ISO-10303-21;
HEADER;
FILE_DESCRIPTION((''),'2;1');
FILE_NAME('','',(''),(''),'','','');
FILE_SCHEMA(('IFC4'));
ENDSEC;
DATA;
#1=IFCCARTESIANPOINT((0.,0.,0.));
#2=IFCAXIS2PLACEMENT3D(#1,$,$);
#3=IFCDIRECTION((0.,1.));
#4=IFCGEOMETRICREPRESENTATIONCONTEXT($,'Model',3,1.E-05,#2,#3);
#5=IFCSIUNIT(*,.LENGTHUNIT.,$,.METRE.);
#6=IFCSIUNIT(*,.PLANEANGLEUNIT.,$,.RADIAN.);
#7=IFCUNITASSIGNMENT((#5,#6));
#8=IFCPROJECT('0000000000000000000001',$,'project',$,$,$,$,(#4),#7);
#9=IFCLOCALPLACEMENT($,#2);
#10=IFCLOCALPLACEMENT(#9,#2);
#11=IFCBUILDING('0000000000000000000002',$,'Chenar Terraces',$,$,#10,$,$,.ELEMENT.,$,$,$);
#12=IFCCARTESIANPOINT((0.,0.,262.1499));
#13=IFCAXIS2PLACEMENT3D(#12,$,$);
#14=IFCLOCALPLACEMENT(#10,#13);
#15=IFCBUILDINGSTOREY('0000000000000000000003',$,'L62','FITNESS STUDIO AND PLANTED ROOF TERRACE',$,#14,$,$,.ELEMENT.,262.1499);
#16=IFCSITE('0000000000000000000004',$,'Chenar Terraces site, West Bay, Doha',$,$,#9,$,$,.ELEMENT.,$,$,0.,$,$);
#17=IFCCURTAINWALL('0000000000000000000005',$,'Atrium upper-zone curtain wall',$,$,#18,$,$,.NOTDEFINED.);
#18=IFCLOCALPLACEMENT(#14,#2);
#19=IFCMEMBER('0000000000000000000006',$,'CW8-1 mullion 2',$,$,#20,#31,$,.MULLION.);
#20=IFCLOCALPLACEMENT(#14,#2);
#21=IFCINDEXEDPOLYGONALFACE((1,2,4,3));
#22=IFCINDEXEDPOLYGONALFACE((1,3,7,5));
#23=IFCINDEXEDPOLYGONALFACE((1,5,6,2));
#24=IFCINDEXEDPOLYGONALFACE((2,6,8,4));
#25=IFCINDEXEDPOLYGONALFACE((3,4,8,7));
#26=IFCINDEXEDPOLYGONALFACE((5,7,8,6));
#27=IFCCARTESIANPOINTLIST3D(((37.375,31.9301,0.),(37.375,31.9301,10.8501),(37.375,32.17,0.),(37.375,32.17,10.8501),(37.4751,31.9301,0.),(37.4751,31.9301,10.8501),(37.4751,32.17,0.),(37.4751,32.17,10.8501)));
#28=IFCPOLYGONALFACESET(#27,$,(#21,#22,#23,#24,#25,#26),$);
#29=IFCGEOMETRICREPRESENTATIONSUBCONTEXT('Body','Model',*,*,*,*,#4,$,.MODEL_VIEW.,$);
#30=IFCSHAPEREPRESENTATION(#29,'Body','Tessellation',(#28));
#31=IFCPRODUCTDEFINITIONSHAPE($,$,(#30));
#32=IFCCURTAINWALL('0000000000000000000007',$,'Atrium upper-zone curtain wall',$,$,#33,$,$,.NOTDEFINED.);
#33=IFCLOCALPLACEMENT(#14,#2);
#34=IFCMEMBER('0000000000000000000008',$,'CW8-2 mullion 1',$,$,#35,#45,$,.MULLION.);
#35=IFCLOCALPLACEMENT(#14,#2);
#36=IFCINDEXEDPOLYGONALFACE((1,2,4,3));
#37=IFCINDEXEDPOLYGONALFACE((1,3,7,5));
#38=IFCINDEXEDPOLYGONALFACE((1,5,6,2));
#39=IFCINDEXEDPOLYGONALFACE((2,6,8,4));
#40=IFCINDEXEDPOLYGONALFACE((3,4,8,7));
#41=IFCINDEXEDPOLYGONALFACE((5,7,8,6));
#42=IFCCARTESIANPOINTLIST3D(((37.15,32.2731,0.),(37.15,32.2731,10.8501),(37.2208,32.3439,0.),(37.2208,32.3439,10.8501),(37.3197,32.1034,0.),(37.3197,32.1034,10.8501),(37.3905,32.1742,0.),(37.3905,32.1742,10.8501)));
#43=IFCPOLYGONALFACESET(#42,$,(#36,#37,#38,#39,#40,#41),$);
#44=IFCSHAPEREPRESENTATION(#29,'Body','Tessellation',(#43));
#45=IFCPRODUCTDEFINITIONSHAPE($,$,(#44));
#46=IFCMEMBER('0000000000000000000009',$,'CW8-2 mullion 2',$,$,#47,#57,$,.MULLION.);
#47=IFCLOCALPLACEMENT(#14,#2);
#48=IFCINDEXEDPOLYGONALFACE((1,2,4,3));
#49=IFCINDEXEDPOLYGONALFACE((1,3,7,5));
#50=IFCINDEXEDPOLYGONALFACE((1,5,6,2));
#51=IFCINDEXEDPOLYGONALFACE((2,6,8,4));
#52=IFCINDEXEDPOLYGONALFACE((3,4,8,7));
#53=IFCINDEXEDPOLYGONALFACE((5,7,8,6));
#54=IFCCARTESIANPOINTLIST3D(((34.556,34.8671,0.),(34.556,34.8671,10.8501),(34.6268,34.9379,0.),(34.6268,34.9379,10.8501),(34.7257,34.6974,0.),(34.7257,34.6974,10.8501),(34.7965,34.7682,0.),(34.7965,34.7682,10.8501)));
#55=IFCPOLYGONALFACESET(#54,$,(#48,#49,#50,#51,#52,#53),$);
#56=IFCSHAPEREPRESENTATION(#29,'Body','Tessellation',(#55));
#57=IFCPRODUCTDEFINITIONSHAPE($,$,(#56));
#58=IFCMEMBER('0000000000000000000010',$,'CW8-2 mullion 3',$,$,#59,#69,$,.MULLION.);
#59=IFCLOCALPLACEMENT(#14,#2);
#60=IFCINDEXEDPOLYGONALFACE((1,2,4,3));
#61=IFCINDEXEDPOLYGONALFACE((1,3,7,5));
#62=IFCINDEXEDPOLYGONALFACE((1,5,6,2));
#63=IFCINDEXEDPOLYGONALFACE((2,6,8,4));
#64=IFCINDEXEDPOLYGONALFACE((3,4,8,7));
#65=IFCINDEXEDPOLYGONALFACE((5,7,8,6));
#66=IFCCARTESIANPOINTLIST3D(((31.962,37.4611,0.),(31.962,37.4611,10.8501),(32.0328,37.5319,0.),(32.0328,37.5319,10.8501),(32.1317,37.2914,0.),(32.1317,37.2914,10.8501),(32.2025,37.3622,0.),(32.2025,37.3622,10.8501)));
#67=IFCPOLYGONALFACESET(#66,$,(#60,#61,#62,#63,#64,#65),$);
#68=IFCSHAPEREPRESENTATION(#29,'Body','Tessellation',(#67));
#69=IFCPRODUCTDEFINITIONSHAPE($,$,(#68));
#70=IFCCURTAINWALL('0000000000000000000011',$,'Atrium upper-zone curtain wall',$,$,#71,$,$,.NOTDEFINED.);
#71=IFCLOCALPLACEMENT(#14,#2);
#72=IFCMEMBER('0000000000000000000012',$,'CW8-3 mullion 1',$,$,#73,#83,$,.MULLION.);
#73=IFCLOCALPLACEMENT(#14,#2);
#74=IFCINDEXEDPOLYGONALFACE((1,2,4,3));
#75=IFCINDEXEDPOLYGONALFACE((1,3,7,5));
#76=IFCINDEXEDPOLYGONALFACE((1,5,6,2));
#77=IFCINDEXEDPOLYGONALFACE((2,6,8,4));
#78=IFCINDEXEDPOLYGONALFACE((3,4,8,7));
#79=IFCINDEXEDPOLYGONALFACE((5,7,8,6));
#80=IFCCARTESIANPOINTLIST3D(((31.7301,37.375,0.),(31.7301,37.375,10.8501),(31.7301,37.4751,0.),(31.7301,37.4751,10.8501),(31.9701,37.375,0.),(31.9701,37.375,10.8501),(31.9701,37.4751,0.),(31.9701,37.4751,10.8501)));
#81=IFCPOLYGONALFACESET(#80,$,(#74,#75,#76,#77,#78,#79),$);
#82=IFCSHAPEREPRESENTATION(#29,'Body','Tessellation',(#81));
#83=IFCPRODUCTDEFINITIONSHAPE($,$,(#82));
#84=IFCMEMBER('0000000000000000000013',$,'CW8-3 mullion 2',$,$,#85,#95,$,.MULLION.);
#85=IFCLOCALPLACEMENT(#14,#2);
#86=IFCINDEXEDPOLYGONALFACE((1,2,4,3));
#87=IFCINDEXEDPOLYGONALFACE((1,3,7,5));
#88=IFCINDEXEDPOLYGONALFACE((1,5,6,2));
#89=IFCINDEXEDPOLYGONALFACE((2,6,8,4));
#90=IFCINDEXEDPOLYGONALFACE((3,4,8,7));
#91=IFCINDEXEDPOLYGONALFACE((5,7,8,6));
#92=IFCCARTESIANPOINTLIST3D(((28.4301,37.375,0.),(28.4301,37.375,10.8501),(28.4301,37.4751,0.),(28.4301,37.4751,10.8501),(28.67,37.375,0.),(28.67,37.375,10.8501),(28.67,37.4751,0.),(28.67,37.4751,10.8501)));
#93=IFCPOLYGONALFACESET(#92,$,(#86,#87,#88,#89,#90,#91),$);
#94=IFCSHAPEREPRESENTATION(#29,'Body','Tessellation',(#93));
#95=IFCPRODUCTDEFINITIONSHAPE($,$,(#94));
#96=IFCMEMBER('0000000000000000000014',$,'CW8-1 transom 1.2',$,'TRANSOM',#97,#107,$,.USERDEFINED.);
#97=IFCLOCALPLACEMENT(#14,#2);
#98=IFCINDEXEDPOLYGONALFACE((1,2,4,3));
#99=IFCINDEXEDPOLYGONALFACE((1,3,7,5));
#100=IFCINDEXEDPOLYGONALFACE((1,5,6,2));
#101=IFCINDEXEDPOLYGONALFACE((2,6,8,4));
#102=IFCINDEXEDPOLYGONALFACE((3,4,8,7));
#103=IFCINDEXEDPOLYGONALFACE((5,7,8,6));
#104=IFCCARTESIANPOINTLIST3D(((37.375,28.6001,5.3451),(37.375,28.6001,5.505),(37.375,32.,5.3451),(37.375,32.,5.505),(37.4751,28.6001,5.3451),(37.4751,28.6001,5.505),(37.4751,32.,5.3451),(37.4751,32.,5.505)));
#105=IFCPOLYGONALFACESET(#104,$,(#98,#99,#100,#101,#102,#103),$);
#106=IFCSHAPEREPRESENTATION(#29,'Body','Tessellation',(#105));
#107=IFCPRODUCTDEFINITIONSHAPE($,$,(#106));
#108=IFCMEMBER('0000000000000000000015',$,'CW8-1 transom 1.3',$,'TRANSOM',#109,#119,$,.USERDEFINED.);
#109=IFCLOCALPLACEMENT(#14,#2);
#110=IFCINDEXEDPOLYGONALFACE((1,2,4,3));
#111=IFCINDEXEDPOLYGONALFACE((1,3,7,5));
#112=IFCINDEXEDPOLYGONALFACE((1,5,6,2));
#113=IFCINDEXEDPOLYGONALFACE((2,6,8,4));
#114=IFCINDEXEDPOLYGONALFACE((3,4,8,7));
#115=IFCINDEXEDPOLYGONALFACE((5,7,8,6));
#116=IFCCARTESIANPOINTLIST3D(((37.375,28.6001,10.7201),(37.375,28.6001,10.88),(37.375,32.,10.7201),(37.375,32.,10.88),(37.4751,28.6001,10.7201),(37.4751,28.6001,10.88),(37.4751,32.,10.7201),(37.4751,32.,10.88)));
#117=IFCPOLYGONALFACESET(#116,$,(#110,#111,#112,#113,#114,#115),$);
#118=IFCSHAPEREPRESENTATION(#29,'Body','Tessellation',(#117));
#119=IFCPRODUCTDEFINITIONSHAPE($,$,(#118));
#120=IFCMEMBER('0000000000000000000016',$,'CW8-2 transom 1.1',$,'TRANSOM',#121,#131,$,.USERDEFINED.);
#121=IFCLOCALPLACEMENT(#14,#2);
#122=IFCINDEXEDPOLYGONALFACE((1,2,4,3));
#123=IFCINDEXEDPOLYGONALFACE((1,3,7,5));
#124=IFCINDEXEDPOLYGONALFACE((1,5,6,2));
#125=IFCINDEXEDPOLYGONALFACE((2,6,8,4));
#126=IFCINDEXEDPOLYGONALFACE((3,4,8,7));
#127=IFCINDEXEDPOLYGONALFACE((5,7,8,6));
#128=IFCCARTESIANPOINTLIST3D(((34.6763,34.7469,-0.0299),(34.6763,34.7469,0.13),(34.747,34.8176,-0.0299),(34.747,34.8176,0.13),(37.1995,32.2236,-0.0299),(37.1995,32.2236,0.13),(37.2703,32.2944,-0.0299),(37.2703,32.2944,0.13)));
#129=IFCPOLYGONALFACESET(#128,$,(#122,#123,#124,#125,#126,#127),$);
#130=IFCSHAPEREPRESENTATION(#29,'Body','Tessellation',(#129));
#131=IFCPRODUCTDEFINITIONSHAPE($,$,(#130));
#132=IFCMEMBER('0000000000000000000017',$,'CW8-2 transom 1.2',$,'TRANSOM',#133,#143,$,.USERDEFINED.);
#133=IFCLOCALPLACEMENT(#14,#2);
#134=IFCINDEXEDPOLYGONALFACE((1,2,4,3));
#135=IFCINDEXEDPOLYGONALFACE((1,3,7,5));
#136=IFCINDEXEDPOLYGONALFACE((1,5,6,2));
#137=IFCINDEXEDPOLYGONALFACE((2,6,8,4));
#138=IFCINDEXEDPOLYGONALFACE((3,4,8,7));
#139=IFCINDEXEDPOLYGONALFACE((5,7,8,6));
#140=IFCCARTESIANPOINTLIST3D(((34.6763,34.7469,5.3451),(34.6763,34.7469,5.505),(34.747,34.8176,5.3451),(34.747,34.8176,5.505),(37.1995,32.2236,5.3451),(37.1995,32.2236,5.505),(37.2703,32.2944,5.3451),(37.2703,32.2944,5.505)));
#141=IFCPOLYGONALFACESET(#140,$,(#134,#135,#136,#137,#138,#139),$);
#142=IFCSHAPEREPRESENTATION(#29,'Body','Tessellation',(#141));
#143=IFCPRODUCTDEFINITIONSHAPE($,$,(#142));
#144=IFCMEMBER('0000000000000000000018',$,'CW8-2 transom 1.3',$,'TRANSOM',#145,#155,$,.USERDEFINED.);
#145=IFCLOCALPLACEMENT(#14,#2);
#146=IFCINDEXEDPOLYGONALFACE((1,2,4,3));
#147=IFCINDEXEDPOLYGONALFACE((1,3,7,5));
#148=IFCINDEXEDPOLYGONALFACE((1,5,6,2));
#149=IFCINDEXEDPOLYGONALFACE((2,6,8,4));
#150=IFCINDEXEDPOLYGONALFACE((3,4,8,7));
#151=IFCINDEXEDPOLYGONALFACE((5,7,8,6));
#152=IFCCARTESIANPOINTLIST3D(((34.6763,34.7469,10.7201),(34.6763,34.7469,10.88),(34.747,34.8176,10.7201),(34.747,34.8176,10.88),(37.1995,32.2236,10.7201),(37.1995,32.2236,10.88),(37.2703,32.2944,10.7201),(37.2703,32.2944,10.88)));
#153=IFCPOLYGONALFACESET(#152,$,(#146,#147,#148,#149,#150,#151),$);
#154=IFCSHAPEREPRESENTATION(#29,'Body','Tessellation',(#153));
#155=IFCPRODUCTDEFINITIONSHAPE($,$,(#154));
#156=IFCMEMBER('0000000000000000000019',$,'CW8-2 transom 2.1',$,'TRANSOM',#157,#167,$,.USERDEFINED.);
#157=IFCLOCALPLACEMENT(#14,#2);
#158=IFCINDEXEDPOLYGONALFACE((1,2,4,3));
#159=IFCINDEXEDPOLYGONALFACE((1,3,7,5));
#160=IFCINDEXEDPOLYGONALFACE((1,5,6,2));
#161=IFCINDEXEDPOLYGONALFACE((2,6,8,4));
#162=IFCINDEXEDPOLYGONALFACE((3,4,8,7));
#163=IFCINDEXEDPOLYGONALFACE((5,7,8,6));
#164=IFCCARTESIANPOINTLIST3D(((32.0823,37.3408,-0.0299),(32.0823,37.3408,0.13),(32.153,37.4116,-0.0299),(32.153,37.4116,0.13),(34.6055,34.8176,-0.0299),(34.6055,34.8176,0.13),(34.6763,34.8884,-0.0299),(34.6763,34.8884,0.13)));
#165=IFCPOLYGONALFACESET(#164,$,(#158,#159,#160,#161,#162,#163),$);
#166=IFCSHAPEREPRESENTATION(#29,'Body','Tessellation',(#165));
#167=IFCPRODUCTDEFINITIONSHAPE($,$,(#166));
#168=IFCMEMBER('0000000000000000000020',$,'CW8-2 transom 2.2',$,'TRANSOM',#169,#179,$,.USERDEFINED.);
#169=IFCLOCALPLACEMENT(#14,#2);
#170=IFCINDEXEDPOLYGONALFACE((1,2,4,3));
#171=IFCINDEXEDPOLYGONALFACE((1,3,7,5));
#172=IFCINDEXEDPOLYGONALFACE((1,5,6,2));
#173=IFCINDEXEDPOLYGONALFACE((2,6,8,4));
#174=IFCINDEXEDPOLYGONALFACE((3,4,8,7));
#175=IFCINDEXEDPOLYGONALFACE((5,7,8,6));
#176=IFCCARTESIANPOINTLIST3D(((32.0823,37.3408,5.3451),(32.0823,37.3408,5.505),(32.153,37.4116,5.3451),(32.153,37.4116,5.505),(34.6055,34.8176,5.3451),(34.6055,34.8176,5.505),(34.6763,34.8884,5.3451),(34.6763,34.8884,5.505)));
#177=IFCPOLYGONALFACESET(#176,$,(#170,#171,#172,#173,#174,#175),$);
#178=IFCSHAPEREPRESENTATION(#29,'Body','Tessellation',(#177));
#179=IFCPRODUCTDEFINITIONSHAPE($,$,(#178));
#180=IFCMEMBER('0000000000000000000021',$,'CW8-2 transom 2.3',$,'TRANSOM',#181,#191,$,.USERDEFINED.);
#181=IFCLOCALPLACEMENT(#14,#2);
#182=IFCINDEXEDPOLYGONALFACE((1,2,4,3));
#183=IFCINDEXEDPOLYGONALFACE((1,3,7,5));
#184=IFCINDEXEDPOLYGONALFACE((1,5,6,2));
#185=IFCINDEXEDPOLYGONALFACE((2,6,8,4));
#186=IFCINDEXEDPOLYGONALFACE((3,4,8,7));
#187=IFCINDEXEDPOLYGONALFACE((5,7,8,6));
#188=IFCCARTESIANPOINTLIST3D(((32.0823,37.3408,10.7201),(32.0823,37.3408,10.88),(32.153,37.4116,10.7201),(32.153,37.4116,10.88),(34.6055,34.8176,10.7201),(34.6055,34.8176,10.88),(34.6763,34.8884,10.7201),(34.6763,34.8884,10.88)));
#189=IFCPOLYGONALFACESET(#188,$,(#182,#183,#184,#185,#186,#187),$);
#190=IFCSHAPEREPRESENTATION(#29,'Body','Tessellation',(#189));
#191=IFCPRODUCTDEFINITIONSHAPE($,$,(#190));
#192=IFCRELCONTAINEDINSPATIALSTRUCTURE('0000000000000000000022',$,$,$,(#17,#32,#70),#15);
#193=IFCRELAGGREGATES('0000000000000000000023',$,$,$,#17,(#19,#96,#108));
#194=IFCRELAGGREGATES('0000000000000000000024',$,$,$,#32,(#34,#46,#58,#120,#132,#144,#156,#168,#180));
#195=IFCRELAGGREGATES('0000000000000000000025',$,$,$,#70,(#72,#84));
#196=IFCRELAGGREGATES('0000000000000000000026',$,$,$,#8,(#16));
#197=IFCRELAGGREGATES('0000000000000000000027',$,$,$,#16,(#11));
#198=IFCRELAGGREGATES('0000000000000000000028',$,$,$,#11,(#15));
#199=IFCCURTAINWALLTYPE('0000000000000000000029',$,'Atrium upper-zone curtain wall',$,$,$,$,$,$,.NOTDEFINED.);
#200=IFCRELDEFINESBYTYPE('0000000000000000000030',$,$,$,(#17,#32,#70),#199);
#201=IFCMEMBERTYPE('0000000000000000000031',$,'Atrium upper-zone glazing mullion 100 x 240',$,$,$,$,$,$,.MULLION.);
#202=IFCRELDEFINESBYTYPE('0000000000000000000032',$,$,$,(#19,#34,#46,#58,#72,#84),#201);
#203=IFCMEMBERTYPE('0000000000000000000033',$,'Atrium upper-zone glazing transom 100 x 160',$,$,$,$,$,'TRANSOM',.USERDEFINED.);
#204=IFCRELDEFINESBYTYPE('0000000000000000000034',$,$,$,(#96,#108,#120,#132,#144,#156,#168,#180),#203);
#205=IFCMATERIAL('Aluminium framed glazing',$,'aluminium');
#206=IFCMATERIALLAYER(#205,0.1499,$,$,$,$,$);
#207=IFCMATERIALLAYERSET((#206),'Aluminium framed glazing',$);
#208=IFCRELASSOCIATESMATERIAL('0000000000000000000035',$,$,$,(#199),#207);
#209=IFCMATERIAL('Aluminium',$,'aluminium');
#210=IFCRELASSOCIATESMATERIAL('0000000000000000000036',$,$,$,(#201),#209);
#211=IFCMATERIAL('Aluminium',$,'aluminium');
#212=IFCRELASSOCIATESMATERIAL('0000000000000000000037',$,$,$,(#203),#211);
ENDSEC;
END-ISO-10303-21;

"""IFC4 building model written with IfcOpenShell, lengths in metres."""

from ifc_helpers import new_model, si_unit, direction, frame, origin, origin_2d, place, context, subcontext, project, spatial, rectangle, extrude, material, layer, layer_set, material_profile, profile_set, type_object, element, aggregate, save


model = new_model("IFC4")

# Units and contexts
model_context = context("Model", 3, precision=1e-05, world=origin(), true_north=direction((0.0, 1.0)))
body_context = subcontext(model_context, "Body", "Model", "MODEL_VIEW")
ifc_project = project(units=[si_unit("LENGTHUNIT", "METRE"), si_unit("PLANEANGLEUNIT", "RADIAN")], contexts=[model_context])

# Site, building, storey
site_placement = place(None, origin())
site = spatial("IfcSite", under=ifc_project, at=site_placement, Name="Chenar Terraces site, West Bay, Doha", CompositionType="ELEMENT", RefElevation=0.0)
building_placement = place(site_placement, origin())
building = spatial("IfcBuilding", under=site, at=building_placement, Name="Chenar Terraces", CompositionType="ELEMENT")
storey_placement = place(building_placement, frame((0.0, 0.0, 262.1499)))
storey = spatial("IfcBuildingStorey", under=building, at=storey_placement, Name="L62", Description="FITNESS STUDIO AND PLANTED ROOF TERRACE", CompositionType="ELEMENT", Elevation=262.1499)

# Curtain wall, member
ifc_material_1 = material(Name="Aluminium framed glazing", Category="aluminium")
ifc_layer_1 = layer(ifc_material_1, 0.1499)
ifc_layer_set_1 = layer_set([ifc_layer_1], Name="Aluminium framed glazing")
curtain_wall_type = type_object("IfcCurtainWallType", Name="Atrium upper-zone curtain wall", PredefinedType="NOTDEFINED", material=ifc_layer_set_1)
placement = place(storey_placement, origin())
curtain_wall_1 = element("IfcCurtainWall", 1, at=placement, inside=storey, type_object=curtain_wall_type, Name="Atrium upper-zone curtain wall", PredefinedType="NOTDEFINED")
ifc_material_2 = material(Name="Aluminium", Category="aluminium")
ifc_material_profile_1 = material_profile(ifc_material_2, rectangle(XDim=0.1001, YDim=0.24, at=origin_2d()), Name="Atrium upper-zone glazing mullion 100 x 240")
ifc_profile_set_1 = profile_set([ifc_material_profile_1], Name="Aluminium")
member_type_1 = type_object("IfcMemberType", Name="Atrium upper-zone glazing mullion 100 x 240", PredefinedType="MULLION", material=ifc_profile_set_1)
member_1_placement = place(storey_placement, frame((37.425, 32.05, 0.0), z_axis=(0.0, 0.0, 1.0), x_axis=(-1.0, 0.0, 0.0)))
member_1 = element("IfcMember", 2, at=member_1_placement, type_object=member_type_1, Name="CW8-1 mullion 2", PredefinedType="MULLION", context=body_context, shape_type="SweptSolid", body=[
    extrude(rectangle(XDim=0.1001, YDim=0.24, at=origin_2d()), origin(), (0.0, 0.0, 1.0), 10.8501),
])

# Curtain walls, members
curtain_wall_2 = element("IfcCurtainWall", 3, at=placement, inside=storey, type_object=curtain_wall_type, Name="Atrium upper-zone curtain wall", PredefinedType="NOTDEFINED")
member_2_placement = place(storey_placement, frame((37.2703, 32.2236, 0.0), z_axis=(0.0, 0.0, 1.0), x_axis=(-0.707107, -0.707107, 0.0)))
member_2 = element("IfcMember", 4, at=member_2_placement, type_object=member_type_1, Name="CW8-2 mullion 1", PredefinedType="MULLION", context=body_context, shape_type="SweptSolid", body=[
    extrude(rectangle(XDim=0.1001, YDim=0.24, at=origin_2d()), origin(), (0.0, 0.0, 1.0), 10.8501),
])
member_3_placement = place(storey_placement, frame((34.6763, 34.8176, 0.0), z_axis=(0.0, 0.0, 1.0), x_axis=(-0.707107, -0.707107, 0.0)))
member_3 = element("IfcMember", 5, at=member_3_placement, type_object=member_type_1, Name="CW8-2 mullion 2", PredefinedType="MULLION", context=body_context, shape_type="SweptSolid", body=[
    extrude(rectangle(XDim=0.1001, YDim=0.24, at=origin_2d()), origin(), (0.0, 0.0, 1.0), 10.8501),
])
member_4_placement = place(storey_placement, frame((32.0823, 37.4116, 0.0), z_axis=(0.0, 0.0, 1.0), x_axis=(-0.707107, -0.707107, 0.0)))
member_4 = element("IfcMember", 6, at=member_4_placement, type_object=member_type_1, Name="CW8-2 mullion 3", PredefinedType="MULLION", context=body_context, shape_type="SweptSolid", body=[
    extrude(rectangle(XDim=0.1001, YDim=0.24, at=origin_2d()), origin(), (0.0, 0.0, 1.0), 10.8501),
])
curtain_wall_3 = element("IfcCurtainWall", 7, at=placement, inside=storey, type_object=curtain_wall_type, Name="Atrium upper-zone curtain wall", PredefinedType="NOTDEFINED")
member_5_placement = place(storey_placement, frame((31.8501, 37.425, 0.0), z_axis=(0.0, 0.0, 1.0), x_axis=(0.0, -1.0, 0.0)))
member_5 = element("IfcMember", 8, at=member_5_placement, type_object=member_type_1, Name="CW8-3 mullion 1", PredefinedType="MULLION", context=body_context, shape_type="SweptSolid", body=[
    extrude(rectangle(XDim=0.1001, YDim=0.24, at=origin_2d()), origin(), (0.0, 0.0, 1.0), 10.8501),
])
member_6_placement = place(storey_placement, frame((28.55, 37.425, 0.0), z_axis=(0.0, 0.0, 1.0), x_axis=(0.0, -1.0, 0.0)))
member_6 = element("IfcMember", 9, at=member_6_placement, type_object=member_type_1, Name="CW8-3 mullion 2", PredefinedType="MULLION", context=body_context, shape_type="SweptSolid", body=[
    extrude(rectangle(XDim=0.1001, YDim=0.24, at=origin_2d()), origin(), (0.0, 0.0, 1.0), 10.8501),
])

# Members
ifc_material_3 = material(Name="Aluminium", Category="aluminium")
ifc_material_profile_2 = material_profile(ifc_material_3, rectangle(XDim=0.1001, YDim=0.1599, at=origin_2d()), Name="Atrium upper-zone glazing transom 100 x 160")
ifc_profile_set_2 = profile_set([ifc_material_profile_2], Name="Aluminium")
member_type_2 = type_object("IfcMemberType", Name="Atrium upper-zone glazing transom 100 x 160", ElementType="TRANSOM", PredefinedType="USERDEFINED", material=ifc_profile_set_2)
member_7_placement = place(storey_placement, frame((37.425, 28.6001, 5.425), z_axis=(0.0, 1.0, 0.0), x_axis=(-1.0, 0.0, 0.0)))
member_7 = element("IfcMember", 10, at=member_7_placement, type_object=member_type_2, Name="CW8-1 transom 1.2", ObjectType="TRANSOM", PredefinedType="USERDEFINED", context=body_context, shape_type="SweptSolid", body=[
    extrude(rectangle(XDim=0.1001, YDim=0.1599, at=origin_2d()), origin(), (0.0, 0.0, 1.0), 3.3999),
])
member_8_placement = place(storey_placement, frame((37.425, 28.6001, 10.8), z_axis=(0.0, 1.0, 0.0), x_axis=(-1.0, 0.0, 0.0)))
member_8 = element("IfcMember", 11, at=member_8_placement, type_object=member_type_2, Name="CW8-1 transom 1.3", ObjectType="TRANSOM", PredefinedType="USERDEFINED", context=body_context, shape_type="SweptSolid", body=[
    extrude(rectangle(XDim=0.1001, YDim=0.1599, at=origin_2d()), origin(), (0.0, 0.0, 1.0), 3.3999),
])
member_9_placement = place(storey_placement, frame((37.2349, 32.259, 0.05), z_axis=(-0.707107, 0.707107, 0.0), x_axis=(-0.707107, -0.707107, 0.0)))
member_9 = element("IfcMember", 12, at=member_9_placement, type_object=member_type_2, Name="CW8-2 transom 1.1", ObjectType="TRANSOM", PredefinedType="USERDEFINED", context=body_context, shape_type="SweptSolid", body=[
    extrude(rectangle(XDim=0.1001, YDim=0.1599, at=origin_2d()), origin(), (0.0, 0.0, 1.0), 3.5684),
])
member_10_placement = place(storey_placement, frame((37.2349, 32.259, 5.425), z_axis=(-0.707107, 0.707107, 0.0), x_axis=(-0.707107, -0.707107, 0.0)))
member_10 = element("IfcMember", 13, at=member_10_placement, type_object=member_type_2, Name="CW8-2 transom 1.2", ObjectType="TRANSOM", PredefinedType="USERDEFINED", context=body_context, shape_type="SweptSolid", body=[
    extrude(rectangle(XDim=0.1001, YDim=0.1599, at=origin_2d()), origin(), (0.0, 0.0, 1.0), 3.5684),
])
member_11_placement = place(storey_placement, frame((37.2349, 32.259, 10.8), z_axis=(-0.707107, 0.707107, 0.0), x_axis=(-0.707107, -0.707107, 0.0)))
member_11 = element("IfcMember", 14, at=member_11_placement, type_object=member_type_2, Name="CW8-2 transom 1.3", ObjectType="TRANSOM", PredefinedType="USERDEFINED", context=body_context, shape_type="SweptSolid", body=[
    extrude(rectangle(XDim=0.1001, YDim=0.1599, at=origin_2d()), origin(), (0.0, 0.0, 1.0), 3.5684),
])
member_12_placement = place(storey_placement, frame((34.6409, 34.853, 0.05), z_axis=(-0.707107, 0.707107, 0.0), x_axis=(-0.707107, -0.707107, 0.0)))
member_12 = element("IfcMember", 15, at=member_12_placement, type_object=member_type_2, Name="CW8-2 transom 2.1", ObjectType="TRANSOM", PredefinedType="USERDEFINED", context=body_context, shape_type="SweptSolid", body=[
    extrude(rectangle(XDim=0.1001, YDim=0.1599, at=origin_2d()), origin(), (0.0, 0.0, 1.0), 3.5684),
])
member_13_placement = place(storey_placement, frame((34.6409, 34.853, 5.425), z_axis=(-0.707107, 0.707107, 0.0), x_axis=(-0.707107, -0.707107, 0.0)))
member_13 = element("IfcMember", 16, at=member_13_placement, type_object=member_type_2, Name="CW8-2 transom 2.2", ObjectType="TRANSOM", PredefinedType="USERDEFINED", context=body_context, shape_type="SweptSolid", body=[
    extrude(rectangle(XDim=0.1001, YDim=0.1599, at=origin_2d()), origin(), (0.0, 0.0, 1.0), 3.5684),
])
member_14_placement = place(storey_placement, frame((34.6409, 34.853, 10.8), z_axis=(-0.707107, 0.707107, 0.0), x_axis=(-0.707107, -0.707107, 0.0)))
member_14 = element("IfcMember", 17, at=member_14_placement, type_object=member_type_2, Name="CW8-2 transom 2.3", ObjectType="TRANSOM", PredefinedType="USERDEFINED", context=body_context, shape_type="SweptSolid", body=[
    extrude(rectangle(XDim=0.1001, YDim=0.1599, at=origin_2d()), origin(), (0.0, 0.0, 1.0), 3.5684),
])

aggregate(curtain_wall_1, [member_1, member_7, member_8])
aggregate(curtain_wall_2, [member_2, member_3, member_4, member_9, member_10, member_11, member_12, member_13, member_14])
aggregate(curtain_wall_3, [member_5, member_6])

save(model, "model.ifc")
